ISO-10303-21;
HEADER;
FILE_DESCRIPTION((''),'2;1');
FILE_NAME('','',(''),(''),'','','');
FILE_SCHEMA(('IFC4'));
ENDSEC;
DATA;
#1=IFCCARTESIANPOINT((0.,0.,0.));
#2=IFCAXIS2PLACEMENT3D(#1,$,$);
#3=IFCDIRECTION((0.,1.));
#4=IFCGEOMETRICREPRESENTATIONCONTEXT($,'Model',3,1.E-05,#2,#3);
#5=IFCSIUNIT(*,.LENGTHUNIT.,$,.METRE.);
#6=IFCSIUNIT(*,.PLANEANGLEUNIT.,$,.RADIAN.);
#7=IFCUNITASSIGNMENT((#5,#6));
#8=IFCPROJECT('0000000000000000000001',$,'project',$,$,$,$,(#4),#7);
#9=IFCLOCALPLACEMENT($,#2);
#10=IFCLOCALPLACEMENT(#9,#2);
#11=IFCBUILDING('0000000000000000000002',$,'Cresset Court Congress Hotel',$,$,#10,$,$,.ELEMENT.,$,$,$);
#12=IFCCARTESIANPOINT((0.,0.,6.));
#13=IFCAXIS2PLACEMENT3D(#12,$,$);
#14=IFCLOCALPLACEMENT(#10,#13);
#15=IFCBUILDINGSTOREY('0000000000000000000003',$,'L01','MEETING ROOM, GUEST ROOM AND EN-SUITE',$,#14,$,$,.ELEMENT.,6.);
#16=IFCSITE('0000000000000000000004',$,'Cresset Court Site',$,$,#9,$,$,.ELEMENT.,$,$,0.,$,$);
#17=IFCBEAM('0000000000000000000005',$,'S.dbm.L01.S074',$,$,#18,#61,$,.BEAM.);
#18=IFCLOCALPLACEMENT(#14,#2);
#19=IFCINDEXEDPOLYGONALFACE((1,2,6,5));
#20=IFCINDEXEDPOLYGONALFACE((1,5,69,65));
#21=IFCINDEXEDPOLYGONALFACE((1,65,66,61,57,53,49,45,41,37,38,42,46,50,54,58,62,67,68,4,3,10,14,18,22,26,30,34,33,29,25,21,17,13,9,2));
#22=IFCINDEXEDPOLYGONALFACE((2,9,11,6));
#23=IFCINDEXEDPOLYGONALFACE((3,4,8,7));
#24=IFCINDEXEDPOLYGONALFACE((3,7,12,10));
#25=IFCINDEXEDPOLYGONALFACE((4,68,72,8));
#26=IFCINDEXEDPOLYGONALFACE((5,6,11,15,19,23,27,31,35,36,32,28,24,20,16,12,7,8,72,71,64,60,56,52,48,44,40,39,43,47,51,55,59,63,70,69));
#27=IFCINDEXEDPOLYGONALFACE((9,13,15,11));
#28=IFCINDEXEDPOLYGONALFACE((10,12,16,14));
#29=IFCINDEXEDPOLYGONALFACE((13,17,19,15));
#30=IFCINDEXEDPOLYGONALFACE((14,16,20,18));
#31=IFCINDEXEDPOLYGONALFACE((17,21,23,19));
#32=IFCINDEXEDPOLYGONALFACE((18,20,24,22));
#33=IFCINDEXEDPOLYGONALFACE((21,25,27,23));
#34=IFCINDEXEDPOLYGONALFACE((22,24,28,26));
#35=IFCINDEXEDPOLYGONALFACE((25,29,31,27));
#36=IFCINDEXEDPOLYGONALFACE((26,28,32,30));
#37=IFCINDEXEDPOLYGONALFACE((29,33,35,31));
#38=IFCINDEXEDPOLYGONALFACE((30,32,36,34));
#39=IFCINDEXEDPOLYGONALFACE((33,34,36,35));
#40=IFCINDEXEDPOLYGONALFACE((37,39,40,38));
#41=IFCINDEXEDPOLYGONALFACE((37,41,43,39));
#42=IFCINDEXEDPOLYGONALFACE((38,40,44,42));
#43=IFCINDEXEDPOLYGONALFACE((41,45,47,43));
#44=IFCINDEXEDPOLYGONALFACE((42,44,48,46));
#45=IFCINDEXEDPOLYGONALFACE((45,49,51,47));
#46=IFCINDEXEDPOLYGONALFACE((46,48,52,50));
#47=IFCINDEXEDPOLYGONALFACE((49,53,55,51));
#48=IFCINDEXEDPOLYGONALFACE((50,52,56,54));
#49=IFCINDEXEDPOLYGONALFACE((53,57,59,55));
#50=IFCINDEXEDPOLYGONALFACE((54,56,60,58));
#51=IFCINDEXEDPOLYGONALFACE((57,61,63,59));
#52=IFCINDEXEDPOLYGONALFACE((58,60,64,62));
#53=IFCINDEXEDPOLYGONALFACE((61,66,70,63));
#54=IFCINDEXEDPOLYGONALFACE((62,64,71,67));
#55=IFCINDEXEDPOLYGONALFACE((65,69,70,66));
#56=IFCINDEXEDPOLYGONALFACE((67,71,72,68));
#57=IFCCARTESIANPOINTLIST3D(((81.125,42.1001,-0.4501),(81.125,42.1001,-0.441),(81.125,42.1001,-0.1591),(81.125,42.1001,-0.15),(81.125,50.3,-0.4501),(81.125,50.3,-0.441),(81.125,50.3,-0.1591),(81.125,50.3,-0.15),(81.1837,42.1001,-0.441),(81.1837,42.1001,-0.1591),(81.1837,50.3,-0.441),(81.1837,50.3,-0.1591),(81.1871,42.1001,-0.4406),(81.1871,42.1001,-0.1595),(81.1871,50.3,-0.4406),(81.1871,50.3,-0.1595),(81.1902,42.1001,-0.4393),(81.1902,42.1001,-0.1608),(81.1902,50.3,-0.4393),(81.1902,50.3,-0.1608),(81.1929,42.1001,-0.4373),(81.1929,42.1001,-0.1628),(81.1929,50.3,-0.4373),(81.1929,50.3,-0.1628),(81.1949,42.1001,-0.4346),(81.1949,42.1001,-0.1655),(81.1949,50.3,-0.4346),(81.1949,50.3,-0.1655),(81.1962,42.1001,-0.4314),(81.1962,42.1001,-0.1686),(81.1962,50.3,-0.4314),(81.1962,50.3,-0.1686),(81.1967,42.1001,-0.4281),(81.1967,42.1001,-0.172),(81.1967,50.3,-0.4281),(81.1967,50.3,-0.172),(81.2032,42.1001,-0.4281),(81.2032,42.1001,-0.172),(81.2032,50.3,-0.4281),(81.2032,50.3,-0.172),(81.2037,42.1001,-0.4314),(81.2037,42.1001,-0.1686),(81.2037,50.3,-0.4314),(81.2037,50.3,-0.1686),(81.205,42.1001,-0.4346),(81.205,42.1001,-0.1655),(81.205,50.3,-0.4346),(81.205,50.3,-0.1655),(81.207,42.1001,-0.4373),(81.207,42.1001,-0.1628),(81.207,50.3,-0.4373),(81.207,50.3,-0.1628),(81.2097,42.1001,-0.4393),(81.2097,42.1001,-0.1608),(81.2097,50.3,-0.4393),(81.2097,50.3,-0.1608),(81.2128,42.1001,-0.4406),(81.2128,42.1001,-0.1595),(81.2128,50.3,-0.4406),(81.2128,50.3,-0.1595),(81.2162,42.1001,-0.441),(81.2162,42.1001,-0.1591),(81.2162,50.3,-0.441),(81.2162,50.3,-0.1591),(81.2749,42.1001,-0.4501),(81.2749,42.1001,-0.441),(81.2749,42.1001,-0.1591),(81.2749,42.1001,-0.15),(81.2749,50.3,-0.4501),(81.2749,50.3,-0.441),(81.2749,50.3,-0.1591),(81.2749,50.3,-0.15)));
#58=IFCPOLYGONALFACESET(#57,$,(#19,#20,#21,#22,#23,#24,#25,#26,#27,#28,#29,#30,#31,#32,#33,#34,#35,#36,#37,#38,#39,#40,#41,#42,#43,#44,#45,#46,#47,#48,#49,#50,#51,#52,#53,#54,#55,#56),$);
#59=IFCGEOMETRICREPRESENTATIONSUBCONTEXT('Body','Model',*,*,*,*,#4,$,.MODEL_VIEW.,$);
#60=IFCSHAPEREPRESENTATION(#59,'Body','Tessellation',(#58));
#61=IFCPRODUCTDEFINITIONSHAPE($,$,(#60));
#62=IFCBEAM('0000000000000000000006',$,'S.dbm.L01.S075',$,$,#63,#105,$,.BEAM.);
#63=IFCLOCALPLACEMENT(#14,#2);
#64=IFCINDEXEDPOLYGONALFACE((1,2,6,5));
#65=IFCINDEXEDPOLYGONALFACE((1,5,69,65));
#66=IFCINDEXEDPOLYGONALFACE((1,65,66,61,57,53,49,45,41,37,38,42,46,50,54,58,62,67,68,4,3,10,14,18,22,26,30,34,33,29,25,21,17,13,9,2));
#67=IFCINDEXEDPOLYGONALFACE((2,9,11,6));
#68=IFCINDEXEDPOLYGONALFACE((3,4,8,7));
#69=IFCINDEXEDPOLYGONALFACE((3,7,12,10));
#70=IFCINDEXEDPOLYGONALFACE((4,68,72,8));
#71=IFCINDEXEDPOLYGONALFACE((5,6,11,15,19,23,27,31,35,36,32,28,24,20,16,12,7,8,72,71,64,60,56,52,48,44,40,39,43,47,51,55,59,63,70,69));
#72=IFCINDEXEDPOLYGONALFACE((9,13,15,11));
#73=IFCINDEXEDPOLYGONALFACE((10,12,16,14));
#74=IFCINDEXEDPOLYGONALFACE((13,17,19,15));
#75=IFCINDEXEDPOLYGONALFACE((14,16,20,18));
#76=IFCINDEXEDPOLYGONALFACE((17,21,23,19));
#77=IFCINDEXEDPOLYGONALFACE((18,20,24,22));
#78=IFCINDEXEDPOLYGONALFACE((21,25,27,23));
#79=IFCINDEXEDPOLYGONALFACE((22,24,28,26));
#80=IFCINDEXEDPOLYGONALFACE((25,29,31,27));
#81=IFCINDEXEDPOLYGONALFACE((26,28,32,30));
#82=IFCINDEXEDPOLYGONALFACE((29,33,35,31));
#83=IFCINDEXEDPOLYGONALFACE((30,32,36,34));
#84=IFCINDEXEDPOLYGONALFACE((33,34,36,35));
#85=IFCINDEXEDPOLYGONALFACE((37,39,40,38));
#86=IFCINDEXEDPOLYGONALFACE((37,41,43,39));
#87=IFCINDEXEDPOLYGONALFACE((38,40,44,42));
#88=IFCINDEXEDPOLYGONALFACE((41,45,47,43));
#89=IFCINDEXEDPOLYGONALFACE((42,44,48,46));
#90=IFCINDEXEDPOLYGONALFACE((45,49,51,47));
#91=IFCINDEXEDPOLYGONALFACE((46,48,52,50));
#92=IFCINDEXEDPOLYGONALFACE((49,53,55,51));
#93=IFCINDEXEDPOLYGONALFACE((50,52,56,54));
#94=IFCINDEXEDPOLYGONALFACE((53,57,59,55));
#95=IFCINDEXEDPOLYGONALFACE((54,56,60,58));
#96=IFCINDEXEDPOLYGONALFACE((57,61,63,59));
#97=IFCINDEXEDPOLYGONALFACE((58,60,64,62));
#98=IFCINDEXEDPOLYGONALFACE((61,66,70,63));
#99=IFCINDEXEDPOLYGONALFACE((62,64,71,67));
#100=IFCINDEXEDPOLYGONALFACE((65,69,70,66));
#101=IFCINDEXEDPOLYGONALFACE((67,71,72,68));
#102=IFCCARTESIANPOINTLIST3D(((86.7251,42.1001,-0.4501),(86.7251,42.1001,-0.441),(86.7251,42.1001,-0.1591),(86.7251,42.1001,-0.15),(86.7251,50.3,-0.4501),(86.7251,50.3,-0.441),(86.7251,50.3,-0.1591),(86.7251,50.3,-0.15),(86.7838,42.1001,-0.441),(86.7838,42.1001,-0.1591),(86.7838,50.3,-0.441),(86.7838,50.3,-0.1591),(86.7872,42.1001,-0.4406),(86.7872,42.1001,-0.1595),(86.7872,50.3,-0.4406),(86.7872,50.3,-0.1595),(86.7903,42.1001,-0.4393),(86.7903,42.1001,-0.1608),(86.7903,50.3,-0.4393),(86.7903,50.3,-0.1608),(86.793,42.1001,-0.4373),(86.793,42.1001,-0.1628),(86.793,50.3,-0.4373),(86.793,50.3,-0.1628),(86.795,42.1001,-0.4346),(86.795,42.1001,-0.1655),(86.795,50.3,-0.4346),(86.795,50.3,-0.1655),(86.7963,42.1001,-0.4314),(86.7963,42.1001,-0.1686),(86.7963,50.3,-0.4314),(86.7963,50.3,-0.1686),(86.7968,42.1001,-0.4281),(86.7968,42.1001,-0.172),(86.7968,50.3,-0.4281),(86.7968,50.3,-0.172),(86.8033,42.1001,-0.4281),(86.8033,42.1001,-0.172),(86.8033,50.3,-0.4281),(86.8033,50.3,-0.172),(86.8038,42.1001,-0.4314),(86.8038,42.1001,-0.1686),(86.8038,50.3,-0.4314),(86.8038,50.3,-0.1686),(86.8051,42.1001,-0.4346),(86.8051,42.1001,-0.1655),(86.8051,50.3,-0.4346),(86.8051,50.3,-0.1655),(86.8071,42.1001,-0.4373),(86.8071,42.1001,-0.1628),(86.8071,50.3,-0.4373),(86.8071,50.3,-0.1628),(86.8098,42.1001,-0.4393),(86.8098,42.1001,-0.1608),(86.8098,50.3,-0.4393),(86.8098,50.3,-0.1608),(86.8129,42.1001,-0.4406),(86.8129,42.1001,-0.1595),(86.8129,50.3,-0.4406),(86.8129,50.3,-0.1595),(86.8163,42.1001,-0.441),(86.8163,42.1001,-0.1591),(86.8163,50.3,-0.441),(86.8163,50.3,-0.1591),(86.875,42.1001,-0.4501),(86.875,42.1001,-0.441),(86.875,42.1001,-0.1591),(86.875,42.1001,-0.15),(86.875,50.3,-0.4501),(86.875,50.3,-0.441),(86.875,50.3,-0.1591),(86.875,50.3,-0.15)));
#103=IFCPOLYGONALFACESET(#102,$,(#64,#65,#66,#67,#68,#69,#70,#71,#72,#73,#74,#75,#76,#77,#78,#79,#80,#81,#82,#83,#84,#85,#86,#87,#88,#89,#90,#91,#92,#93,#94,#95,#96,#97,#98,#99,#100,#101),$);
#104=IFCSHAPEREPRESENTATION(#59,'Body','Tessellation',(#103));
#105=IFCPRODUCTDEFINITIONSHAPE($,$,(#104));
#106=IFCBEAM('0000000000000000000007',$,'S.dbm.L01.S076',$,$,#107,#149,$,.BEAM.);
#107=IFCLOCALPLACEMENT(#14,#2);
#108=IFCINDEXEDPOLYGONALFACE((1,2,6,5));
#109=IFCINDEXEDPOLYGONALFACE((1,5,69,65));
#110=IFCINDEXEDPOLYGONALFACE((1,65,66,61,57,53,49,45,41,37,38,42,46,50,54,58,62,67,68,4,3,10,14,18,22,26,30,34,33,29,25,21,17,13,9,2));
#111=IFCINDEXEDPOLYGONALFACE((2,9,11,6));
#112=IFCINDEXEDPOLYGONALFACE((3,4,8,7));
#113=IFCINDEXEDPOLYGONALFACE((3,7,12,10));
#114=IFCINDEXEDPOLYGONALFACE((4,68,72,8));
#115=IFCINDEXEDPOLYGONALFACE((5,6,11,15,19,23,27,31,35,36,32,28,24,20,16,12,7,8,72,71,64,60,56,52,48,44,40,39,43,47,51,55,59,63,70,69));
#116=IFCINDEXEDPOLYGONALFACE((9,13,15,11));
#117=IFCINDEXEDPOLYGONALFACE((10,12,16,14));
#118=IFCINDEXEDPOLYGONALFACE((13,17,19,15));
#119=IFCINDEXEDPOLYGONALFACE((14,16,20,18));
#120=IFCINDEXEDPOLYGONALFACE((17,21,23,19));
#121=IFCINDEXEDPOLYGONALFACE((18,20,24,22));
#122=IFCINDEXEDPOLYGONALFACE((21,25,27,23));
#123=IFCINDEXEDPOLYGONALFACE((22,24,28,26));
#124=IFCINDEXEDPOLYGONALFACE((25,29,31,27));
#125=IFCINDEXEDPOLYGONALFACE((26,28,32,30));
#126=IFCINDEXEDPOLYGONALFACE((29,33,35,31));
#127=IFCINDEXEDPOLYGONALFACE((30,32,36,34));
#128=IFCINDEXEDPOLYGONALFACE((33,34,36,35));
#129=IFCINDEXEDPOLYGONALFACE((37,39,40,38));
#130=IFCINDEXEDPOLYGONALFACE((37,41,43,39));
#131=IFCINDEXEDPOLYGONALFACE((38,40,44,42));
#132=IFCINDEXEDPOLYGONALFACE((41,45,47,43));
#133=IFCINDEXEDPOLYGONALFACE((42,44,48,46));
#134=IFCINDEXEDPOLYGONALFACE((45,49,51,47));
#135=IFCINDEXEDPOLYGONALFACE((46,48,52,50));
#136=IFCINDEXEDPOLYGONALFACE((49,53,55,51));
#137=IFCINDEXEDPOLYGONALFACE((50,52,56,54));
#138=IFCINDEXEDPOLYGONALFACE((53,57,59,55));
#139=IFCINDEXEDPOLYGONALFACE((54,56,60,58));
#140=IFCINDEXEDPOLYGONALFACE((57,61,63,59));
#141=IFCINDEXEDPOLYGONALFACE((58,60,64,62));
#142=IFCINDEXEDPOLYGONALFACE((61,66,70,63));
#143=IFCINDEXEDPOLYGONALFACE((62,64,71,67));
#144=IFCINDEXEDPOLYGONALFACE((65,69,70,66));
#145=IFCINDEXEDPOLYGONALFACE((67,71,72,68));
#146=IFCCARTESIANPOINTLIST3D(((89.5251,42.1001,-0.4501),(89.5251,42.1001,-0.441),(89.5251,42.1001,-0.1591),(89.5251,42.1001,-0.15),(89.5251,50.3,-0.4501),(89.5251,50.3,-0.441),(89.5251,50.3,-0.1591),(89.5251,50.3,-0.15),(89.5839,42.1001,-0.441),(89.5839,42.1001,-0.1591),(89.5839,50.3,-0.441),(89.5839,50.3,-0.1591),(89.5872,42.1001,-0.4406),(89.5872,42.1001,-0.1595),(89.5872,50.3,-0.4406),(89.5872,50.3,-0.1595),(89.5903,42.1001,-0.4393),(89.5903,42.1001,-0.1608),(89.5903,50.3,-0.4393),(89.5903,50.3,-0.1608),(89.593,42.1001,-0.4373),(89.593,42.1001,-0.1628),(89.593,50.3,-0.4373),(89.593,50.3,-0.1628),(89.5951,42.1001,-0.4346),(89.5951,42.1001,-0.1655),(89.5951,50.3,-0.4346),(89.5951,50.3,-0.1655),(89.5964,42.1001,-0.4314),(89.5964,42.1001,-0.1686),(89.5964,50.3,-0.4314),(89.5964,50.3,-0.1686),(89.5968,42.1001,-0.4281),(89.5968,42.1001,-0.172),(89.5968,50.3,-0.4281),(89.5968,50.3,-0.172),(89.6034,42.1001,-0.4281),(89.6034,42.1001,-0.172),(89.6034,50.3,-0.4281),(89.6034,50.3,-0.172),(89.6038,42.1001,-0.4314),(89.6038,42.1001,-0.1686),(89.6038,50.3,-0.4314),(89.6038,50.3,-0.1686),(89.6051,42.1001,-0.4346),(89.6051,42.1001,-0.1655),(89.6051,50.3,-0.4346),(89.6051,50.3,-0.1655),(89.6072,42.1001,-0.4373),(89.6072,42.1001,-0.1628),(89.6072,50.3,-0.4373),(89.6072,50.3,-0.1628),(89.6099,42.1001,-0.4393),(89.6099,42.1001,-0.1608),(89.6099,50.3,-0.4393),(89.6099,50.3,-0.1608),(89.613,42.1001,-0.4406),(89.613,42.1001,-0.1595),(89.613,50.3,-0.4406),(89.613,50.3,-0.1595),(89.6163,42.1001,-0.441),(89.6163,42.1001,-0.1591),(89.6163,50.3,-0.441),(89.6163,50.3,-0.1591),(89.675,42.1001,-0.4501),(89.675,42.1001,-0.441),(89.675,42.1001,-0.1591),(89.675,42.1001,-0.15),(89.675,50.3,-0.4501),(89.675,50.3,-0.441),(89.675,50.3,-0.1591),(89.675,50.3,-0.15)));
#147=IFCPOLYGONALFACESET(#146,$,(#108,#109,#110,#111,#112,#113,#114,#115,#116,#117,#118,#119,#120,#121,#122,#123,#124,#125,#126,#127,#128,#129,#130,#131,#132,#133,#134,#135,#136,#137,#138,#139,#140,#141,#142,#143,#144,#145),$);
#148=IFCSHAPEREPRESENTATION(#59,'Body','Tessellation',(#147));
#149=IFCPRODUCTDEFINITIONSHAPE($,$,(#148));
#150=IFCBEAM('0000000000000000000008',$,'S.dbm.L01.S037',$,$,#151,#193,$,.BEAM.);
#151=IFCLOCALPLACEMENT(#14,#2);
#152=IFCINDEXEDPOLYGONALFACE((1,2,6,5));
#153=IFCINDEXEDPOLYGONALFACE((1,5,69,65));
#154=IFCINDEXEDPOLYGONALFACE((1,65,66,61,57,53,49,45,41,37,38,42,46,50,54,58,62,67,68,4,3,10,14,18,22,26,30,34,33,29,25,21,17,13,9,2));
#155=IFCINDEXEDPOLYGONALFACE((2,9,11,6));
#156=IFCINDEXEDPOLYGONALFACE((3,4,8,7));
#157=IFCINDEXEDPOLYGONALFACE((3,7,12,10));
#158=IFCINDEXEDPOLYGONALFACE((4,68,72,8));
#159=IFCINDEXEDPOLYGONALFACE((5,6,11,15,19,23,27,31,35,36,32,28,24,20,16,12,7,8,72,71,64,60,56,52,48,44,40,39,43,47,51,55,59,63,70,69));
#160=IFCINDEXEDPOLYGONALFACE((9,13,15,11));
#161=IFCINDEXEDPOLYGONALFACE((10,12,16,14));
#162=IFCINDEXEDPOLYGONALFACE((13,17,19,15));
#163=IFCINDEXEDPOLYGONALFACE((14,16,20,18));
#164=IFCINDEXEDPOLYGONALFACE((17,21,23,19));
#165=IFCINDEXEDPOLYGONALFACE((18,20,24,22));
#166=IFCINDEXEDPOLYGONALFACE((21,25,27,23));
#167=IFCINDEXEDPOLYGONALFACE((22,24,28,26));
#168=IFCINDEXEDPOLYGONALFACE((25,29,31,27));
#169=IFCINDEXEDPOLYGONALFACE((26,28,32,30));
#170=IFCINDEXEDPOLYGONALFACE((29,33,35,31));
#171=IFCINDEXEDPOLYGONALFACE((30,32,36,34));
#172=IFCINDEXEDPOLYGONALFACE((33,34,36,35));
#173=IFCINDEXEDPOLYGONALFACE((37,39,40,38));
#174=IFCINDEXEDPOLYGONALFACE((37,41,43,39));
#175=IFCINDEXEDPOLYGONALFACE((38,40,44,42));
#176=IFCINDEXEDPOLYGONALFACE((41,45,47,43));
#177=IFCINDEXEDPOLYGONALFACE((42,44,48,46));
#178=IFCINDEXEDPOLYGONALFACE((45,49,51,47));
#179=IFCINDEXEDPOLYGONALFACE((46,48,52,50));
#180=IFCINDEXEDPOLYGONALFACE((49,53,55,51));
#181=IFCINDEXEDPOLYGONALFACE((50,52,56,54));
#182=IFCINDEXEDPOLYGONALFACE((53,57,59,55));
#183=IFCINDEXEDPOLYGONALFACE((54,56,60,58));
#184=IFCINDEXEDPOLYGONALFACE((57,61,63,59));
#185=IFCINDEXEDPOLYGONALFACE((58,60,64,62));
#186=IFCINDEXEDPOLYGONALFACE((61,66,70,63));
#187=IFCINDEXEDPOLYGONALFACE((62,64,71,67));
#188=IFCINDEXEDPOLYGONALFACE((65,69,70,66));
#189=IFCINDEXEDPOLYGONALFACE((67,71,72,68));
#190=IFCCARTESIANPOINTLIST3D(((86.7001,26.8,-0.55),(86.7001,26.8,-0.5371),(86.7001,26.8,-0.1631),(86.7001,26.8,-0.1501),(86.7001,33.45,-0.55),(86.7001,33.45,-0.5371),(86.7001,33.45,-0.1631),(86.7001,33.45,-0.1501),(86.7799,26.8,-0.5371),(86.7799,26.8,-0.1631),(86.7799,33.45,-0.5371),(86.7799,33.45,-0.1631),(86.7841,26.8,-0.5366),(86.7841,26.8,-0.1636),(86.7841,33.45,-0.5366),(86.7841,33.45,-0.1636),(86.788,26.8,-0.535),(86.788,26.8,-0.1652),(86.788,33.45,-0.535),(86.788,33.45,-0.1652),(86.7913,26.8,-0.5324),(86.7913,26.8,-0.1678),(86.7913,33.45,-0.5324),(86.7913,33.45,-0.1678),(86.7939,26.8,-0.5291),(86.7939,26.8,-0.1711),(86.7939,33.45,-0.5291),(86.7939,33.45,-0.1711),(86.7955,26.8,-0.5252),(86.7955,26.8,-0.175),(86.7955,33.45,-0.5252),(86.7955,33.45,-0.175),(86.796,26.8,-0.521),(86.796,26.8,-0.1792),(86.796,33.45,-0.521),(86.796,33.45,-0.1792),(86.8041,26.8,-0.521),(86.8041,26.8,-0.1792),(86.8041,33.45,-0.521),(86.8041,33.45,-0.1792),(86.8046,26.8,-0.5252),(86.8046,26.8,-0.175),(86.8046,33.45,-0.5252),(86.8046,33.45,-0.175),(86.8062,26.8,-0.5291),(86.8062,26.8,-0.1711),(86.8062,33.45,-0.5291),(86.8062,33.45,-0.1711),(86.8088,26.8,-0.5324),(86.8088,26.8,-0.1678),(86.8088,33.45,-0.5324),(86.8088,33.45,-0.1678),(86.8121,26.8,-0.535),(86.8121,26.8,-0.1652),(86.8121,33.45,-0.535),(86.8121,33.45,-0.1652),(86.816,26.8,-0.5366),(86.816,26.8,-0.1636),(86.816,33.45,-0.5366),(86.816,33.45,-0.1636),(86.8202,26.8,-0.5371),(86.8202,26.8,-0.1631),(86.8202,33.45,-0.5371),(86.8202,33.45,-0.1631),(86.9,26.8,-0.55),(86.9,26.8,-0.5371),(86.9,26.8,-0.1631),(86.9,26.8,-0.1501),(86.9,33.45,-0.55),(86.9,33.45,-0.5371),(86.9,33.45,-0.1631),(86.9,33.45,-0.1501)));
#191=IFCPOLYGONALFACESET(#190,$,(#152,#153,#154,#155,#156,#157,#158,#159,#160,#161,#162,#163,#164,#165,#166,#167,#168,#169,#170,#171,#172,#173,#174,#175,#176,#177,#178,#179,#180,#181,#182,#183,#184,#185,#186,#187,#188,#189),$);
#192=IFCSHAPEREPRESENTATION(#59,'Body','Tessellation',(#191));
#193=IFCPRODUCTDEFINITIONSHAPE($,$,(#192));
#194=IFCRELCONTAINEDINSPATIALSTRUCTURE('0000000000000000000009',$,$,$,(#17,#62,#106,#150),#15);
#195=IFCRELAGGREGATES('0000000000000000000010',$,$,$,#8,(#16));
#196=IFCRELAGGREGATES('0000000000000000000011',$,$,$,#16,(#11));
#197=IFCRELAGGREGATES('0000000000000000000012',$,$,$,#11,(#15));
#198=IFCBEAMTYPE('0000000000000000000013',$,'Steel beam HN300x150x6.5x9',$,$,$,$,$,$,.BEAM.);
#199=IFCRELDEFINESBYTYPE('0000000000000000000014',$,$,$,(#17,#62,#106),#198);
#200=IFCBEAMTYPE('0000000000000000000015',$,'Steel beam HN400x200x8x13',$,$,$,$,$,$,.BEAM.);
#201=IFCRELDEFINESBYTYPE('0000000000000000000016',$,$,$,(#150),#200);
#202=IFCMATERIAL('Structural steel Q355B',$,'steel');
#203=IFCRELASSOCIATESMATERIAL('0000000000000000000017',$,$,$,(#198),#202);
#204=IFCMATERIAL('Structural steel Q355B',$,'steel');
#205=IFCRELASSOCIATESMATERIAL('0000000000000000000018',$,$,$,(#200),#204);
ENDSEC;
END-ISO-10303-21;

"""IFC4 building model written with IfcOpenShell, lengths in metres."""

from ifc_helpers import new_model, si_unit, direction, frame, origin, origin_2d, place, context, subcontext, project, spatial, i_section, extrude, material, material_profile, profile_set, type_object, element, save


model = new_model("IFC4")

# Units and contexts
model_context = context("Model", 3, precision=1e-05, world=origin(), true_north=direction((0.0, 1.0)))
body_context = subcontext(model_context, "Body", "Model", "MODEL_VIEW")
ifc_project = project(units=[si_unit("LENGTHUNIT", "METRE"), si_unit("PLANEANGLEUNIT", "RADIAN")], contexts=[model_context])

# Site, building, storey
site_placement = place(None, origin())
site = spatial("IfcSite", under=ifc_project, at=site_placement, Name="Cresset Court Site", CompositionType="ELEMENT", RefElevation=0.0)
building_placement = place(site_placement, origin())
building = spatial("IfcBuilding", under=site, at=building_placement, Name="Cresset Court Congress Hotel", CompositionType="ELEMENT")
storey_placement = place(building_placement, frame((0.0, 0.0, 6.0)))
storey = spatial("IfcBuildingStorey", under=building, at=storey_placement, Name="L01", Description="MEETING ROOM, GUEST ROOM AND EN-SUITE", CompositionType="ELEMENT", Elevation=6.0)

# Beams
ifc_material_1 = material(Name="Structural steel Q355B", Category="steel")
ifc_material_profile_1 = material_profile(ifc_material_1, i_section(OverallWidth=0.1499, OverallDepth=0.3, WebThickness=0.0066, FlangeThickness=0.009, FilletRadius=0.0129, at=origin_2d()), Name="HN300x150x6.5x9")
ifc_profile_set_1 = profile_set([ifc_material_profile_1], Name="Structural steel Q355B")
beam_type_1 = type_object("IfcBeamType", Name="Steel beam HN300x150x6.5x9", PredefinedType="BEAM", material=ifc_profile_set_1)
for number, where, z_axis, x_axis, name in (
    (1, (81.2, 42.1001, -0.3), (0.0, 1.0, 0.0), (-1.0, 0.0, 0.0), "S.dbm.L01.S074"),
    (2, (86.8, 42.1001, -0.3), (0.0, 1.0, 0.0), (-1.0, 0.0, 0.0), "S.dbm.L01.S075"),
    (3, (89.6001, 42.1001, -0.3), (0.0, 1.0, 0.0), (-1.0, 0.0, 0.0), "S.dbm.L01.S076"),
):
    element("IfcBeam", number, at=place(storey_placement, frame(where, z_axis=z_axis, x_axis=x_axis)), inside=storey, type_object=beam_type_1, Name=name, PredefinedType="BEAM", context=body_context, shape_type="SweptSolid", body=[
        extrude(i_section(OverallWidth=0.1499, OverallDepth=0.3, WebThickness=0.0066, FlangeThickness=0.009, FilletRadius=0.0129, at=origin_2d()), origin(), (0.0, 0.0, 1.0), 8.2),
    ])
ifc_material_2 = material(Name="Structural steel Q355B", Category="steel")
ifc_material_profile_2 = material_profile(ifc_material_2, i_section(OverallWidth=0.2, OverallDepth=0.3999, WebThickness=0.0081, FlangeThickness=0.0129, FilletRadius=0.0161, at=origin_2d()), Name="HN400x200x8x13")
ifc_profile_set_2 = profile_set([ifc_material_profile_2], Name="Structural steel Q355B")
beam_type_2 = type_object("IfcBeamType", Name="Steel beam HN400x200x8x13", PredefinedType="BEAM", material=ifc_profile_set_2)
beam_1_placement = place(storey_placement, frame((86.8, 26.8, -0.3501), z_axis=(0.0, 1.0, 0.0), x_axis=(-1.0, 0.0, 0.0)))
element("IfcBeam", 4, at=beam_1_placement, inside=storey, type_object=beam_type_2, Name="S.dbm.L01.S037", PredefinedType="BEAM", context=body_context, shape_type="SweptSolid", body=[
    extrude(i_section(OverallWidth=0.2, OverallDepth=0.3999, WebThickness=0.0081, FlangeThickness=0.0129, FilletRadius=0.0161, at=origin_2d()), origin(), (0.0, 0.0, 1.0), 6.6499),
])

save(model, "model.ifc")
